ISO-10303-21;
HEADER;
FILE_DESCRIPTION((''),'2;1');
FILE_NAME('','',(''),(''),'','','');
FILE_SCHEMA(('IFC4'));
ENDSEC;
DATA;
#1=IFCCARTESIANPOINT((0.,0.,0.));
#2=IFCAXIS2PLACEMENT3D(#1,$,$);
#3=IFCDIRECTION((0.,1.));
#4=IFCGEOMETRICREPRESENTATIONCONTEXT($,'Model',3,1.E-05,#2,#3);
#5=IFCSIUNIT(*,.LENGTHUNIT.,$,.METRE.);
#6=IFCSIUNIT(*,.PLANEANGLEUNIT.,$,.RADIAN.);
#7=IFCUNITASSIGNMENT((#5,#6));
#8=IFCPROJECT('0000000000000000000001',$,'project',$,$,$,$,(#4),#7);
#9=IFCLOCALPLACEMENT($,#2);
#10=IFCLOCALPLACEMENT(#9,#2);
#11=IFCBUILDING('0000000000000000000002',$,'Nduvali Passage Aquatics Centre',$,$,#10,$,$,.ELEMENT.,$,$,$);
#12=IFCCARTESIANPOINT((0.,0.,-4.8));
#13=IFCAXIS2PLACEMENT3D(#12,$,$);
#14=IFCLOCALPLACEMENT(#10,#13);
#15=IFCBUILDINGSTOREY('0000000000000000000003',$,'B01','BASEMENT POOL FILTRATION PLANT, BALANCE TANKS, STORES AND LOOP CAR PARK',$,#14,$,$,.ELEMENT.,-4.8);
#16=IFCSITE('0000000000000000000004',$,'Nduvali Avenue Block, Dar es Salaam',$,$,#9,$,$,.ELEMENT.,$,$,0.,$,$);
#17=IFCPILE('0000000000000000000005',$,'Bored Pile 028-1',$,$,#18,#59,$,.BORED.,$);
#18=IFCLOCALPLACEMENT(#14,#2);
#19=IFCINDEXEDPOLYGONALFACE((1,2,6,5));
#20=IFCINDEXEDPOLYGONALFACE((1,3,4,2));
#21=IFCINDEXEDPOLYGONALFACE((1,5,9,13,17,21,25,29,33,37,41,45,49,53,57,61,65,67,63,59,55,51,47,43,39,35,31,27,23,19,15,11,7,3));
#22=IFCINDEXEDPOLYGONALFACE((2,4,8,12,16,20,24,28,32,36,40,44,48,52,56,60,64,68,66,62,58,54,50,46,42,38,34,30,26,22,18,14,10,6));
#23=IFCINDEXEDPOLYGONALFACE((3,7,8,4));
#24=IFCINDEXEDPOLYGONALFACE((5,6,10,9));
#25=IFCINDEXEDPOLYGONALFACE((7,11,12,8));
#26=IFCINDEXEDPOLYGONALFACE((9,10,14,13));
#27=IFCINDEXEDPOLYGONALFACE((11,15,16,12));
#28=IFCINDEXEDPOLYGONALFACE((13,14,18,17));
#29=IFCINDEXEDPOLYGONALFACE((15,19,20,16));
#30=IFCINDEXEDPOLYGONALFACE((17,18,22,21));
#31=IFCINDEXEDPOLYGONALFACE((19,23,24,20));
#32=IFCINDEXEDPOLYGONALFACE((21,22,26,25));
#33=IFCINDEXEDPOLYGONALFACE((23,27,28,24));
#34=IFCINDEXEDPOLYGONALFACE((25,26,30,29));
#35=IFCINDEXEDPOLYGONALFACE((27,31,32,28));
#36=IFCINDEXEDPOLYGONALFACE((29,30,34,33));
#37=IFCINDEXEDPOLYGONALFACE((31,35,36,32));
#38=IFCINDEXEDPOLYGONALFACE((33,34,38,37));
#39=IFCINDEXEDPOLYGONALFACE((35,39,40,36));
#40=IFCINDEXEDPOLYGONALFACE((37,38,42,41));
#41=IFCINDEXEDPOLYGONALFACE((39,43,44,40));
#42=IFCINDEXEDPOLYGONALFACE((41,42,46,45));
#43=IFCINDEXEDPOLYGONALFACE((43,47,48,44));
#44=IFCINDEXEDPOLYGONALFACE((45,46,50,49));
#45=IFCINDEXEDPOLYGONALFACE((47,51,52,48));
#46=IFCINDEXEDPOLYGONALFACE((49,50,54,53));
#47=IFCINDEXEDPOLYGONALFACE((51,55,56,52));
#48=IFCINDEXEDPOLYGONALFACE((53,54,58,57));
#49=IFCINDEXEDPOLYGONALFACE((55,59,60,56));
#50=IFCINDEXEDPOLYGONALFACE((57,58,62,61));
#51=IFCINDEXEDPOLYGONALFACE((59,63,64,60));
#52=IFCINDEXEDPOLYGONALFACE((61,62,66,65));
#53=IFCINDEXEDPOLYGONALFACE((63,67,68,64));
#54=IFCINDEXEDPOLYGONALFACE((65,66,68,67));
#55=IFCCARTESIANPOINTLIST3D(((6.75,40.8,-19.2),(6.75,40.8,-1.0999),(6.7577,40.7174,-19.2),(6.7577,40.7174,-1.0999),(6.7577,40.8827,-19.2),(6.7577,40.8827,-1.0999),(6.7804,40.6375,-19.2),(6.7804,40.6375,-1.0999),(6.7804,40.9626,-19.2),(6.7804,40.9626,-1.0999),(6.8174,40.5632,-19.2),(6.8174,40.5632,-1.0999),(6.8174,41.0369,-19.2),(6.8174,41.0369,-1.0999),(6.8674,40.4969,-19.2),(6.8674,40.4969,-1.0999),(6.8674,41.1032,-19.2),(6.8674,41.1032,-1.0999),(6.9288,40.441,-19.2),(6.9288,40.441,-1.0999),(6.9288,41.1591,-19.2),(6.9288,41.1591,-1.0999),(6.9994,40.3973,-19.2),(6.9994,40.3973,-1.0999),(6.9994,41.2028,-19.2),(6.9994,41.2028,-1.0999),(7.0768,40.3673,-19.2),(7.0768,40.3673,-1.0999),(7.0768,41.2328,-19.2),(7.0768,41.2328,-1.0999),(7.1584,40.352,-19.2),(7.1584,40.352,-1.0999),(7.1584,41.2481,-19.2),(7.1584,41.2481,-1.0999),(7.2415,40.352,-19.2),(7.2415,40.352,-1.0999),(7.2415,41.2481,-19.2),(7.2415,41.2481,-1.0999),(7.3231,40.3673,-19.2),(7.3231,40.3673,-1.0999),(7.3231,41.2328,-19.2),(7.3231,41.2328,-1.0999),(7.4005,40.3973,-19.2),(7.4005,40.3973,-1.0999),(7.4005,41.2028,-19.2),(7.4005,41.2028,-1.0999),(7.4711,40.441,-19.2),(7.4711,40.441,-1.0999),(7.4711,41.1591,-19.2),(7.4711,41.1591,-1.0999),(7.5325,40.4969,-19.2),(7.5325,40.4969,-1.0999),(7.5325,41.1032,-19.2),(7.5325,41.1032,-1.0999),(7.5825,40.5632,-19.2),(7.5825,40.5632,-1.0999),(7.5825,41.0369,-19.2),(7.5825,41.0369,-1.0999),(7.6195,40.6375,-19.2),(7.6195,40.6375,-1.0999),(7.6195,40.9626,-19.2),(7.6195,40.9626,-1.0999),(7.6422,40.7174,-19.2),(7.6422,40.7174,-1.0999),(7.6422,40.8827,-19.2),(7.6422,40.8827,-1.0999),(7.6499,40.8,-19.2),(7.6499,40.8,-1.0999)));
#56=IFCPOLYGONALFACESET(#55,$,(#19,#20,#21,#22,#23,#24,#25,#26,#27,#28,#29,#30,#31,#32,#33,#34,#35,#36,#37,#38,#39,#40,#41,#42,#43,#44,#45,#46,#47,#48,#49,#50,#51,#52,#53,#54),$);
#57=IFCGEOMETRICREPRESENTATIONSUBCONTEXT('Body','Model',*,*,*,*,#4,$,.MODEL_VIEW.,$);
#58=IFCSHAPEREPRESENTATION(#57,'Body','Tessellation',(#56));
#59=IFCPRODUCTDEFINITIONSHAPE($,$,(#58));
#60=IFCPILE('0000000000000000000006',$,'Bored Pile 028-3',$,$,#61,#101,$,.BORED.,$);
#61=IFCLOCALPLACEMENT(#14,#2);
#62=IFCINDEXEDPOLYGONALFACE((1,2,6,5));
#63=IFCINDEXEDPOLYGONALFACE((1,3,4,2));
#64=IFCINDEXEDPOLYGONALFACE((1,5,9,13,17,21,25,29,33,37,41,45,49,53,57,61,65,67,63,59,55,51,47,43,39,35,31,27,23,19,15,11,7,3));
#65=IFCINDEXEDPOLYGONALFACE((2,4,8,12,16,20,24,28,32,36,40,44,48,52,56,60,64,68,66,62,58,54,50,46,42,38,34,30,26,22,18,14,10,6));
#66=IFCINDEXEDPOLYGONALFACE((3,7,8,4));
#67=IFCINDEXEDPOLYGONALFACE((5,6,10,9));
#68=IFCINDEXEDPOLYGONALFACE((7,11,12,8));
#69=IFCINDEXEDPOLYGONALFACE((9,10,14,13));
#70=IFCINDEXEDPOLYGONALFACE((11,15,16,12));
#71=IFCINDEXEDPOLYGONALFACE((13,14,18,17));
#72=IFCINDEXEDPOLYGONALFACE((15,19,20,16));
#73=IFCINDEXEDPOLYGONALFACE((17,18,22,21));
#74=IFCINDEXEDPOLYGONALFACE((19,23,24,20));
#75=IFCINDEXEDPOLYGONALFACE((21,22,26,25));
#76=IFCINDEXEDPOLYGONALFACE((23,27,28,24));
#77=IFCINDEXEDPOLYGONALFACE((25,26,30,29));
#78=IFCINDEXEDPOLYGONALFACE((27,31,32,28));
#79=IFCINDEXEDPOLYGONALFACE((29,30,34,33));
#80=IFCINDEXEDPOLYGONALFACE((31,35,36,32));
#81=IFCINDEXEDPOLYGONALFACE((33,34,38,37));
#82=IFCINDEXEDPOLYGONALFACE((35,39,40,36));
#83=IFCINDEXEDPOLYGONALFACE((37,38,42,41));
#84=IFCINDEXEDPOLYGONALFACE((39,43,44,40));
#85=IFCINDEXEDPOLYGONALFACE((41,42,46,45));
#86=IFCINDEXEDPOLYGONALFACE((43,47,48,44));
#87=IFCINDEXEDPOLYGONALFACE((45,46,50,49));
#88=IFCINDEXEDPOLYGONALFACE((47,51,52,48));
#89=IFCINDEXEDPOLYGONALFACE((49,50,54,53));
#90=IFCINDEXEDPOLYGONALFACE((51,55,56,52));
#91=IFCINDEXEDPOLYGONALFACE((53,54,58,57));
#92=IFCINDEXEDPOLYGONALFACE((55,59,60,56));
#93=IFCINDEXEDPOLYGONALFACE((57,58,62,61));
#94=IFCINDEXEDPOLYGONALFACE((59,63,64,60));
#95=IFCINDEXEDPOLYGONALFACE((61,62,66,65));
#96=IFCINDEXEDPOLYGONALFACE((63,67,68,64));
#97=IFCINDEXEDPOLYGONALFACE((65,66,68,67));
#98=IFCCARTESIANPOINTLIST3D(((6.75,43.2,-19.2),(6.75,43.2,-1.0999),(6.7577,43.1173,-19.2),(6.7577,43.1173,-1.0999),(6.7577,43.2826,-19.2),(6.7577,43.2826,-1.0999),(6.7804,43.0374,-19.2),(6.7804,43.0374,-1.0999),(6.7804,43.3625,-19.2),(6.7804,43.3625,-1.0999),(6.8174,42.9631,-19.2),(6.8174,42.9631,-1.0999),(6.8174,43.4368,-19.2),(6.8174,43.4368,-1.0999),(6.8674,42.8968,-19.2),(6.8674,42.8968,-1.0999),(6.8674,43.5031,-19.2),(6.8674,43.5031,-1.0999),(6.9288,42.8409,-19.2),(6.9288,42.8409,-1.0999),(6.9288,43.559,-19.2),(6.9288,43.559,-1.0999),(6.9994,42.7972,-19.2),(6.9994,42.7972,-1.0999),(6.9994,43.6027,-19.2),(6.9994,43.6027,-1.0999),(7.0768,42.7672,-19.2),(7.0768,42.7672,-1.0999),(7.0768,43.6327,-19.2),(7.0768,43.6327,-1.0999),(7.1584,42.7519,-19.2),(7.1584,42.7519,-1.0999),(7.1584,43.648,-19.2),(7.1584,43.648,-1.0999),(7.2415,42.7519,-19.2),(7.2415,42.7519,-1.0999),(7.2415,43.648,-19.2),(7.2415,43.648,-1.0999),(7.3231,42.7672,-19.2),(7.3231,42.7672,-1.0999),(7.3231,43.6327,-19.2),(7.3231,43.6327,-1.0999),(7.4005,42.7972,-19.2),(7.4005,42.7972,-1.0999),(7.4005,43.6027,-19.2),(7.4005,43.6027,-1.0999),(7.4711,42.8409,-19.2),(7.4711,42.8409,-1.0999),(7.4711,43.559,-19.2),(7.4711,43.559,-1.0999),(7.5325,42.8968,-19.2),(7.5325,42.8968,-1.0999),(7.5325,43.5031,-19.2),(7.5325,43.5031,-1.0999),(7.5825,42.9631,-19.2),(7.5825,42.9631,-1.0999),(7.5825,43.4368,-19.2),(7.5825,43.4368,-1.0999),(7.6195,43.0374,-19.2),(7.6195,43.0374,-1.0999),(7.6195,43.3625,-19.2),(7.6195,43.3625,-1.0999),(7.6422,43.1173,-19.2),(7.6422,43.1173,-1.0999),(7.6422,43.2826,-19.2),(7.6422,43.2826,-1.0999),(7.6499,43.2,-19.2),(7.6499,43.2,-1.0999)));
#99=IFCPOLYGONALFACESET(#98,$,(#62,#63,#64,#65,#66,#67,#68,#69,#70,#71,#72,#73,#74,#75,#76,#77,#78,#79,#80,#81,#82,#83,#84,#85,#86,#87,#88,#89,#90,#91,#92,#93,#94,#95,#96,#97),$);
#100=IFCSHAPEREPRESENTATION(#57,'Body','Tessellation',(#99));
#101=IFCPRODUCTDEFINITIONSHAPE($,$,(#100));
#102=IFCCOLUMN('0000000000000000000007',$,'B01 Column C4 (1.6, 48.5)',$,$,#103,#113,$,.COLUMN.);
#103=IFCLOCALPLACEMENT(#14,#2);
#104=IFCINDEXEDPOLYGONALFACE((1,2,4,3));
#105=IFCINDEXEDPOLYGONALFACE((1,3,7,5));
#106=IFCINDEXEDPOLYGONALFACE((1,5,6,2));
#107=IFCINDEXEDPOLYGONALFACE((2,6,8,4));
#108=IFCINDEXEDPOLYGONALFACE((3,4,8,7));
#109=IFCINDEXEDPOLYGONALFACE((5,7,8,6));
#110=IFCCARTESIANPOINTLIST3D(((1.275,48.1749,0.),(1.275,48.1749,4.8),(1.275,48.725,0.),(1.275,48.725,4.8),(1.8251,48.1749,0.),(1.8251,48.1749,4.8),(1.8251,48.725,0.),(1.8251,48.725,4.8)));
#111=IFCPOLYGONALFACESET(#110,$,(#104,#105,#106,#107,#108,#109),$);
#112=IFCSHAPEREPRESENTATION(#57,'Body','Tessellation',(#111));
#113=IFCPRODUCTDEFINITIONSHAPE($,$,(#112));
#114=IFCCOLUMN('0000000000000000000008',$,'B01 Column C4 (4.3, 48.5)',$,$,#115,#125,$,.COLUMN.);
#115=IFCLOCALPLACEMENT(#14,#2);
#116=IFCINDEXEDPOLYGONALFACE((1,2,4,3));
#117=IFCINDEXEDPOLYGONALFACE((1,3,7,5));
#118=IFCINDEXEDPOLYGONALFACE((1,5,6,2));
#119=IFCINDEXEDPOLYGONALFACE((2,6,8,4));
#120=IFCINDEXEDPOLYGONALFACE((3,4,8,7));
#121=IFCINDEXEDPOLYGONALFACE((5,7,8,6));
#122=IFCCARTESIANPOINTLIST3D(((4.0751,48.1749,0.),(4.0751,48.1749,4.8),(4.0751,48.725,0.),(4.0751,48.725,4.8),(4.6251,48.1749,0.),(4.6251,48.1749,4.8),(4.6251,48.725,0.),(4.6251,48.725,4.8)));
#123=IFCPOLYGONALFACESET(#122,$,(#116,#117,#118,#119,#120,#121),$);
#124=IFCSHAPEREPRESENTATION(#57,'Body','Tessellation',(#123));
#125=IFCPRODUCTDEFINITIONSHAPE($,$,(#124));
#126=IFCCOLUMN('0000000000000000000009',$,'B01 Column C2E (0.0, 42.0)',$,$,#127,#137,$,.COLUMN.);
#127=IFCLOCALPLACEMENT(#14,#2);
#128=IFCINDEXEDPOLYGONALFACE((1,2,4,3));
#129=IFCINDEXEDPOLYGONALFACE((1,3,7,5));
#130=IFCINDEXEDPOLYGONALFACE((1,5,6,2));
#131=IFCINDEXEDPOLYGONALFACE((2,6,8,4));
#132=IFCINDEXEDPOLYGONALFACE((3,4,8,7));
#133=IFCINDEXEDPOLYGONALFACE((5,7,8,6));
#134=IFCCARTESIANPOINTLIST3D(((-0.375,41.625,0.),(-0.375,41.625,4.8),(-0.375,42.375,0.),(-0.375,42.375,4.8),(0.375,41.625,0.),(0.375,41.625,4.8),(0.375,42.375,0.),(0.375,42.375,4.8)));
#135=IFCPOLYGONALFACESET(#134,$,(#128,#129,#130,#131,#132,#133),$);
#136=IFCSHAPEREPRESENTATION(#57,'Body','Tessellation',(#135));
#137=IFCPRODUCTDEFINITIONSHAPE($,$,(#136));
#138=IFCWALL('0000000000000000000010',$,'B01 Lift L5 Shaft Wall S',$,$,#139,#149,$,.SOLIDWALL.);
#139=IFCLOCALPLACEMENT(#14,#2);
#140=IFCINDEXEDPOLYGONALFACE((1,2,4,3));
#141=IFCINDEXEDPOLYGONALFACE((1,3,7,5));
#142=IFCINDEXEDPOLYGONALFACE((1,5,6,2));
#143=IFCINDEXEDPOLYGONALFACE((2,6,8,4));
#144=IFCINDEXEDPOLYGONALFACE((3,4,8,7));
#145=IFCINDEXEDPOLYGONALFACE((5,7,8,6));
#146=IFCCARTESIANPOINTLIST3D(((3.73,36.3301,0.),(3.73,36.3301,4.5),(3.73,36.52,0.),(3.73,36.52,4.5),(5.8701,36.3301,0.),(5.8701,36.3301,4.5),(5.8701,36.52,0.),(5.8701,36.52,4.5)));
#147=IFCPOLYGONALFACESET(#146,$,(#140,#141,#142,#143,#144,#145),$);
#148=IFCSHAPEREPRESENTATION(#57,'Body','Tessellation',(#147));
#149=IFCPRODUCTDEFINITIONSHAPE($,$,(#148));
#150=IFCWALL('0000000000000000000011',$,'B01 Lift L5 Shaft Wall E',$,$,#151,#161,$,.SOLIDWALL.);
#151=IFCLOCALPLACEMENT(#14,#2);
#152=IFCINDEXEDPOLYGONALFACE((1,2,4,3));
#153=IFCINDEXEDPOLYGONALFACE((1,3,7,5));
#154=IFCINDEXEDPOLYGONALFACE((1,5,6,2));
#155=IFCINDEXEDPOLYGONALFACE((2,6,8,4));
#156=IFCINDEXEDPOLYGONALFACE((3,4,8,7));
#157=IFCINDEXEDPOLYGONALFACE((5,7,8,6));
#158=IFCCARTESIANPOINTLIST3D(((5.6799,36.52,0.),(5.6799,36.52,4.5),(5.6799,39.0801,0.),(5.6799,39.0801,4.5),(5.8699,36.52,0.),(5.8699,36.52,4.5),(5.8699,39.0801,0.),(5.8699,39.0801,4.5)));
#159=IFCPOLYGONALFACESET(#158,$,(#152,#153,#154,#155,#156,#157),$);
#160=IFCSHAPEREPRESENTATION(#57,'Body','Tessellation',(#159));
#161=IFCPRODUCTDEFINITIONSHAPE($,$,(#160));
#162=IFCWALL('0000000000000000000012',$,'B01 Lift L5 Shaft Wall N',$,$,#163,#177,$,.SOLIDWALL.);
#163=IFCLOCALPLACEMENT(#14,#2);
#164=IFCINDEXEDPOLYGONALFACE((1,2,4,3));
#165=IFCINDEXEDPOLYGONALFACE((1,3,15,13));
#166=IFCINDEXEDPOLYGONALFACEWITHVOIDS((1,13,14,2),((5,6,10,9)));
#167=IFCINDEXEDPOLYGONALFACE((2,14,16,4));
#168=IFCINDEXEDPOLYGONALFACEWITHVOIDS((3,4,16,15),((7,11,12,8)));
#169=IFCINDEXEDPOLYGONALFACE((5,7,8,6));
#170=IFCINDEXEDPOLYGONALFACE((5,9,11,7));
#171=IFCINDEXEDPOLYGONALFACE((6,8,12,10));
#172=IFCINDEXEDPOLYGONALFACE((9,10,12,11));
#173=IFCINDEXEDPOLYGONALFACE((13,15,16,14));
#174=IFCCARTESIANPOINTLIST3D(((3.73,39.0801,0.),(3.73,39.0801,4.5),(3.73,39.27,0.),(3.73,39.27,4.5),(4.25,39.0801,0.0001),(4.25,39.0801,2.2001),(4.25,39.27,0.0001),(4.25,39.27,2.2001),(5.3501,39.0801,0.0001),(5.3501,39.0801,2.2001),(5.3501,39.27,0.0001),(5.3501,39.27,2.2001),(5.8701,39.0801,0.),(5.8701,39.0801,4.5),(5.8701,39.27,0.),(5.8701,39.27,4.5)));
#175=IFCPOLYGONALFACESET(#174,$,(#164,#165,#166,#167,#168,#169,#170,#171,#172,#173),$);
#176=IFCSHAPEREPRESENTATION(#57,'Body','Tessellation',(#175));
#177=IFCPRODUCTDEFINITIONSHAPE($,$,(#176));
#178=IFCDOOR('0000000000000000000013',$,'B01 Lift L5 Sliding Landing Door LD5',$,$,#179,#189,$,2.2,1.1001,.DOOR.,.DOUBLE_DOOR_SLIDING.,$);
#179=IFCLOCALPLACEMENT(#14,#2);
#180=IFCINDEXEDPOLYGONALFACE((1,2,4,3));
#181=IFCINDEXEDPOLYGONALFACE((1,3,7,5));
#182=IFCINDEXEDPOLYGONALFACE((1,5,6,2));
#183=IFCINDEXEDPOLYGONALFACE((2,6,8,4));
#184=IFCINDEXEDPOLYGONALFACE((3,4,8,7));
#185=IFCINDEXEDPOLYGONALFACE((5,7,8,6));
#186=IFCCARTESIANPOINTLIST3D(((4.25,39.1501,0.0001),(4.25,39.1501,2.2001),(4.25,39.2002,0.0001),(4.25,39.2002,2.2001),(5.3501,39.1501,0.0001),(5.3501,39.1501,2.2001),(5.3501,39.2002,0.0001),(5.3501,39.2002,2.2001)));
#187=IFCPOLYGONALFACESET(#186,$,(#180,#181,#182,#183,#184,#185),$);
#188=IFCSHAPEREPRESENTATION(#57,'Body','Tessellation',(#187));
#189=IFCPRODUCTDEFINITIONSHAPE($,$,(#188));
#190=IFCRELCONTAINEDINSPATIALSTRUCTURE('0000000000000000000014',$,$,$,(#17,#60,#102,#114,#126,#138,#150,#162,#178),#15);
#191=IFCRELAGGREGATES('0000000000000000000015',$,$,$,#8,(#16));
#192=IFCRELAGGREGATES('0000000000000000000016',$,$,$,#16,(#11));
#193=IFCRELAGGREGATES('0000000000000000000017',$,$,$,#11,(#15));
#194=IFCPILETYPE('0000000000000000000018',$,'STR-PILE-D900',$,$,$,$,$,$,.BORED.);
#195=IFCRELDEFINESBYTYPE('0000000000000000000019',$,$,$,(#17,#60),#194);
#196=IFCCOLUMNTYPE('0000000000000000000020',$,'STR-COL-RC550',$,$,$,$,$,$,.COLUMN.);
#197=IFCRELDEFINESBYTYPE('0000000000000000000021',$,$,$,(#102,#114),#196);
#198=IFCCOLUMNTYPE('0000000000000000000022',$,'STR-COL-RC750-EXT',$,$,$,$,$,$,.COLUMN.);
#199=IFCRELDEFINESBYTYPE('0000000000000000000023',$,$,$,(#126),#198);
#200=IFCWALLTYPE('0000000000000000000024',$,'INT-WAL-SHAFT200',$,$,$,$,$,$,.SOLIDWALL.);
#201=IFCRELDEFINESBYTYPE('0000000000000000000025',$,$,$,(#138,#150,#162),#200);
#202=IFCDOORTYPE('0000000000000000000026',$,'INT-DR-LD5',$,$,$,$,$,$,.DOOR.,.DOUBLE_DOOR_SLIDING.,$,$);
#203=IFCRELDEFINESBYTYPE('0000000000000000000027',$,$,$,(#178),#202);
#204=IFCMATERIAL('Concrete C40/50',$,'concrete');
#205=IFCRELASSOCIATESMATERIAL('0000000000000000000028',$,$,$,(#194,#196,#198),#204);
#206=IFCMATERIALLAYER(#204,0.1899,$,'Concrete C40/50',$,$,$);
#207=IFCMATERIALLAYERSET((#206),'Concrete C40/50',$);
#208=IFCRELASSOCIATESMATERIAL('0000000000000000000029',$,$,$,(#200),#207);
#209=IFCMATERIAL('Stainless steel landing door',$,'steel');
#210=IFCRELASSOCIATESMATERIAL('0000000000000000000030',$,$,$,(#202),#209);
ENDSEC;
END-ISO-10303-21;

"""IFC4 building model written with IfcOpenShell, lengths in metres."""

from ifc_helpers import new_model, si_unit, direction, frame, frame_2d, origin, origin_2d, place, context, subcontext, project, spatial, rectangle, circle, extrude, material, layer, layer_set, material_profile, profile_set, type_object, element, fill, save


model = new_model("IFC4")

# Units and contexts
model_context = context("Model", 3, precision=1e-05, world=origin(), true_north=direction((0.0, 1.0)))
body_context = subcontext(model_context, "Body", "Model", "MODEL_VIEW")
ifc_project = project(units=[si_unit("LENGTHUNIT", "METRE"), si_unit("PLANEANGLEUNIT", "RADIAN")], contexts=[model_context])

# Site, building, storey
site_placement = place(None, origin())
site = spatial("IfcSite", under=ifc_project, at=site_placement, Name="Nduvali Avenue Block, Dar es Salaam", CompositionType="ELEMENT", RefElevation=0.0)
building_placement = place(site_placement, origin())
building = spatial("IfcBuilding", under=site, at=building_placement, Name="Nduvali Passage Aquatics Centre", CompositionType="ELEMENT")
storey_placement = place(building_placement, frame((0.0, 0.0, -4.8)))
storey = spatial("IfcBuildingStorey", under=building, at=storey_placement, Name="B01", Description="BASEMENT POOL FILTRATION PLANT, BALANCE TANKS, STORES AND LOOP CAR PARK", CompositionType="ELEMENT", Elevation=-4.8)

# Shared definitions
ifc_material_1 = material(Name="Concrete C40/50", Category="concrete")

# Piles
ifc_material_profile_1 = material_profile(ifc_material_1, circle(Radius=0.45, at=origin_2d()), Name="PILE D900")
ifc_profile_set_1 = profile_set([ifc_material_profile_1], Name="Concrete C40/50")
pile_type_1 = type_object("IfcPileType", Name="STR-PILE-D900", PredefinedType="BORED", material=ifc_profile_set_1)
for number, where, z_axis, x_axis, name in (
    (1, (7.2, 40.8, -1.0999), (0.0, 0.0, -1.0), (1.0, 0.0, 0.0), "Bored Pile 028-1"),
    (2, (7.2, 43.2, -1.0999), (0.0, 0.0, -1.0), (1.0, 0.0, 0.0), "Bored Pile 028-3"),
):
    element("IfcPile", number, at=place(storey_placement, frame(where, z_axis=z_axis, x_axis=x_axis)), inside=storey, type_object=pile_type_1, Name=name, PredefinedType="BORED", context=body_context, shape_type="SweptSolid", body=[
        extrude(circle(Radius=0.45, at=origin_2d()), origin(), (0.0, 0.0, 1.0), 18.1001),
    ])

# Columns
ifc_material_profile_2 = material_profile(ifc_material_1, rectangle(XDim=0.55, YDim=0.55, at=origin_2d()), Name="RC 550x550")
ifc_profile_set_2 = profile_set([ifc_material_profile_2], Name="Concrete C40/50")
column_type_1 = type_object("IfcColumnType", Name="STR-COL-RC550", PredefinedType="COLUMN", material=ifc_profile_set_2)
for number, where, z_axis, x_axis, name in (
    (3, (1.55, 48.45, 0.0), (0.0, 0.0, 1.0), (1.0, 0.0, 0.0), "B01 Column C4 (1.6, 48.5)"),
    (4, (4.3501, 48.45, 0.0), (0.0, 0.0, 1.0), (1.0, 0.0, 0.0), "B01 Column C4 (4.3, 48.5)"),
):
    element("IfcColumn", number, at=place(storey_placement, frame(where, z_axis=z_axis, x_axis=x_axis)), inside=storey, type_object=column_type_1, Name=name, PredefinedType="COLUMN", context=body_context, shape_type="SweptSolid", body=[
        extrude(rectangle(XDim=0.55, YDim=0.55, at=origin_2d()), origin(), (0.0, 0.0, 1.0), 4.8),
    ])
ifc_material_profile_3 = material_profile(ifc_material_1, rectangle(XDim=0.75, YDim=0.75, at=origin_2d()), Name="RC 750x750")
ifc_profile_set_3 = profile_set([ifc_material_profile_3], Name="Concrete C40/50")
column_type_2 = type_object("IfcColumnType", Name="STR-COL-RC750-EXT", PredefinedType="COLUMN", material=ifc_profile_set_3)
column_placement = place(storey_placement, frame((0.0, 42.0, 0.0), z_axis=(0.0, 0.0, 1.0), x_axis=(1.0, 0.0, 0.0)))
element("IfcColumn", 5, at=column_placement, inside=storey, type_object=column_type_2, Name="B01 Column C2E (0.0, 42.0)", PredefinedType="COLUMN", context=body_context, shape_type="SweptSolid", body=[
    extrude(rectangle(XDim=0.75, YDim=0.75, at=origin_2d()), origin(), (0.0, 0.0, 1.0), 4.8),
])

# Walls
ifc_layer_1 = layer(ifc_material_1, 0.1899, Name="Concrete C40/50")
ifc_layer_set_1 = layer_set([ifc_layer_1], Name="Concrete C40/50")
wall_type_1 = type_object("IfcWallType", Name="INT-WAL-SHAFT200", PredefinedType="SOLIDWALL", material=ifc_layer_set_1)
wall_1_placement = place(storey_placement, frame((3.73, 36.425, 0.0), z_axis=(0.0, 0.0, 1.0), x_axis=(1.0, 0.0, 0.0)))
element("IfcWall", 6, at=wall_1_placement, inside=storey, type_object=wall_type_1, Name="B01 Lift L5 Shaft Wall S", PredefinedType="SOLIDWALL", context=body_context, shape_type="SweptSolid", body=[
    extrude(rectangle(XDim=2.1401, YDim=0.1899, at=frame_2d((1.0701, 0.0))), origin(), (0.0, 0.0, 1.0), 4.5),
])
wall_2_placement = place(storey_placement, frame((5.7749, 36.52, 0.0), z_axis=(0.0, 0.0, 1.0), x_axis=(0.0, 1.0, 0.0)))
element("IfcWall", 7, at=wall_2_placement, inside=storey, type_object=wall_type_1, Name="B01 Lift L5 Shaft Wall E", PredefinedType="SOLIDWALL", context=body_context, shape_type="SweptSolid", body=[
    extrude(rectangle(XDim=2.5601, YDim=0.1899, at=frame_2d((1.28, 0.0))), origin(), (0.0, 0.0, 1.0), 4.5),
])

# Wall, opening, door
wall_3_placement = place(storey_placement, frame((5.8701, 39.175, 0.0), z_axis=(0.0, 0.0, 1.0), x_axis=(-1.0, 0.0, 0.0)))
wall_3 = element("IfcWall", 8, at=wall_3_placement, inside=storey, type_object=wall_type_1, Name="B01 Lift L5 Shaft Wall N", PredefinedType="SOLIDWALL", context=body_context, shape_type="SweptSolid", body=[
    extrude(rectangle(XDim=2.1401, YDim=0.1899, at=frame_2d((1.0701, 0.0))), origin(), (0.0, 0.0, 1.0), 4.5),
])
opening_placement = place(wall_3_placement, frame((0.52, 0.0, 0.0)))
opening = element("IfcOpeningElement", 9, at=opening_placement, cuts=wall_3, PredefinedType="OPENING", context=body_context, shape_type="SweptSolid", body=[
    extrude(rectangle(XDim=1.1001, YDim=2.2, at=frame_2d((0.55, 1.1001))), frame((0.0, 0.1099, 0.0), z_axis=(0.0, -1.0, 0.0), x_axis=(1.0, 0.0, 0.0)), (0.0, 0.0, 1.0), 0.2197),
])
ifc_material_2 = material(Name="Stainless steel landing door", Category="steel")
door_type = type_object("IfcDoorType", Name="INT-DR-LD5", OperationType="DOUBLE_DOOR_SLIDING", PredefinedType="DOOR", material=ifc_material_2)
door_placement = place(opening_placement, origin())
door = element("IfcDoor", 10, at=door_placement, inside=storey, type_object=door_type, Name="B01 Lift L5 Sliding Landing Door LD5", OperationType="DOUBLE_DOOR_SLIDING", OverallHeight=2.2, OverallWidth=1.1001, PredefinedType="DOOR", context=body_context, shape_type="SweptSolid", body=[
    extrude(rectangle(XDim=1.1001, YDim=2.2, at=frame_2d((0.55, 1.1001))), frame((0.0, 0.0249, 0.0), z_axis=(0.0, -1.0, 0.0), x_axis=(1.0, 0.0, 0.0)), (0.0, 0.0, 1.0), 0.05),
])
fill(opening, door)

save(model, "model.ifc")
